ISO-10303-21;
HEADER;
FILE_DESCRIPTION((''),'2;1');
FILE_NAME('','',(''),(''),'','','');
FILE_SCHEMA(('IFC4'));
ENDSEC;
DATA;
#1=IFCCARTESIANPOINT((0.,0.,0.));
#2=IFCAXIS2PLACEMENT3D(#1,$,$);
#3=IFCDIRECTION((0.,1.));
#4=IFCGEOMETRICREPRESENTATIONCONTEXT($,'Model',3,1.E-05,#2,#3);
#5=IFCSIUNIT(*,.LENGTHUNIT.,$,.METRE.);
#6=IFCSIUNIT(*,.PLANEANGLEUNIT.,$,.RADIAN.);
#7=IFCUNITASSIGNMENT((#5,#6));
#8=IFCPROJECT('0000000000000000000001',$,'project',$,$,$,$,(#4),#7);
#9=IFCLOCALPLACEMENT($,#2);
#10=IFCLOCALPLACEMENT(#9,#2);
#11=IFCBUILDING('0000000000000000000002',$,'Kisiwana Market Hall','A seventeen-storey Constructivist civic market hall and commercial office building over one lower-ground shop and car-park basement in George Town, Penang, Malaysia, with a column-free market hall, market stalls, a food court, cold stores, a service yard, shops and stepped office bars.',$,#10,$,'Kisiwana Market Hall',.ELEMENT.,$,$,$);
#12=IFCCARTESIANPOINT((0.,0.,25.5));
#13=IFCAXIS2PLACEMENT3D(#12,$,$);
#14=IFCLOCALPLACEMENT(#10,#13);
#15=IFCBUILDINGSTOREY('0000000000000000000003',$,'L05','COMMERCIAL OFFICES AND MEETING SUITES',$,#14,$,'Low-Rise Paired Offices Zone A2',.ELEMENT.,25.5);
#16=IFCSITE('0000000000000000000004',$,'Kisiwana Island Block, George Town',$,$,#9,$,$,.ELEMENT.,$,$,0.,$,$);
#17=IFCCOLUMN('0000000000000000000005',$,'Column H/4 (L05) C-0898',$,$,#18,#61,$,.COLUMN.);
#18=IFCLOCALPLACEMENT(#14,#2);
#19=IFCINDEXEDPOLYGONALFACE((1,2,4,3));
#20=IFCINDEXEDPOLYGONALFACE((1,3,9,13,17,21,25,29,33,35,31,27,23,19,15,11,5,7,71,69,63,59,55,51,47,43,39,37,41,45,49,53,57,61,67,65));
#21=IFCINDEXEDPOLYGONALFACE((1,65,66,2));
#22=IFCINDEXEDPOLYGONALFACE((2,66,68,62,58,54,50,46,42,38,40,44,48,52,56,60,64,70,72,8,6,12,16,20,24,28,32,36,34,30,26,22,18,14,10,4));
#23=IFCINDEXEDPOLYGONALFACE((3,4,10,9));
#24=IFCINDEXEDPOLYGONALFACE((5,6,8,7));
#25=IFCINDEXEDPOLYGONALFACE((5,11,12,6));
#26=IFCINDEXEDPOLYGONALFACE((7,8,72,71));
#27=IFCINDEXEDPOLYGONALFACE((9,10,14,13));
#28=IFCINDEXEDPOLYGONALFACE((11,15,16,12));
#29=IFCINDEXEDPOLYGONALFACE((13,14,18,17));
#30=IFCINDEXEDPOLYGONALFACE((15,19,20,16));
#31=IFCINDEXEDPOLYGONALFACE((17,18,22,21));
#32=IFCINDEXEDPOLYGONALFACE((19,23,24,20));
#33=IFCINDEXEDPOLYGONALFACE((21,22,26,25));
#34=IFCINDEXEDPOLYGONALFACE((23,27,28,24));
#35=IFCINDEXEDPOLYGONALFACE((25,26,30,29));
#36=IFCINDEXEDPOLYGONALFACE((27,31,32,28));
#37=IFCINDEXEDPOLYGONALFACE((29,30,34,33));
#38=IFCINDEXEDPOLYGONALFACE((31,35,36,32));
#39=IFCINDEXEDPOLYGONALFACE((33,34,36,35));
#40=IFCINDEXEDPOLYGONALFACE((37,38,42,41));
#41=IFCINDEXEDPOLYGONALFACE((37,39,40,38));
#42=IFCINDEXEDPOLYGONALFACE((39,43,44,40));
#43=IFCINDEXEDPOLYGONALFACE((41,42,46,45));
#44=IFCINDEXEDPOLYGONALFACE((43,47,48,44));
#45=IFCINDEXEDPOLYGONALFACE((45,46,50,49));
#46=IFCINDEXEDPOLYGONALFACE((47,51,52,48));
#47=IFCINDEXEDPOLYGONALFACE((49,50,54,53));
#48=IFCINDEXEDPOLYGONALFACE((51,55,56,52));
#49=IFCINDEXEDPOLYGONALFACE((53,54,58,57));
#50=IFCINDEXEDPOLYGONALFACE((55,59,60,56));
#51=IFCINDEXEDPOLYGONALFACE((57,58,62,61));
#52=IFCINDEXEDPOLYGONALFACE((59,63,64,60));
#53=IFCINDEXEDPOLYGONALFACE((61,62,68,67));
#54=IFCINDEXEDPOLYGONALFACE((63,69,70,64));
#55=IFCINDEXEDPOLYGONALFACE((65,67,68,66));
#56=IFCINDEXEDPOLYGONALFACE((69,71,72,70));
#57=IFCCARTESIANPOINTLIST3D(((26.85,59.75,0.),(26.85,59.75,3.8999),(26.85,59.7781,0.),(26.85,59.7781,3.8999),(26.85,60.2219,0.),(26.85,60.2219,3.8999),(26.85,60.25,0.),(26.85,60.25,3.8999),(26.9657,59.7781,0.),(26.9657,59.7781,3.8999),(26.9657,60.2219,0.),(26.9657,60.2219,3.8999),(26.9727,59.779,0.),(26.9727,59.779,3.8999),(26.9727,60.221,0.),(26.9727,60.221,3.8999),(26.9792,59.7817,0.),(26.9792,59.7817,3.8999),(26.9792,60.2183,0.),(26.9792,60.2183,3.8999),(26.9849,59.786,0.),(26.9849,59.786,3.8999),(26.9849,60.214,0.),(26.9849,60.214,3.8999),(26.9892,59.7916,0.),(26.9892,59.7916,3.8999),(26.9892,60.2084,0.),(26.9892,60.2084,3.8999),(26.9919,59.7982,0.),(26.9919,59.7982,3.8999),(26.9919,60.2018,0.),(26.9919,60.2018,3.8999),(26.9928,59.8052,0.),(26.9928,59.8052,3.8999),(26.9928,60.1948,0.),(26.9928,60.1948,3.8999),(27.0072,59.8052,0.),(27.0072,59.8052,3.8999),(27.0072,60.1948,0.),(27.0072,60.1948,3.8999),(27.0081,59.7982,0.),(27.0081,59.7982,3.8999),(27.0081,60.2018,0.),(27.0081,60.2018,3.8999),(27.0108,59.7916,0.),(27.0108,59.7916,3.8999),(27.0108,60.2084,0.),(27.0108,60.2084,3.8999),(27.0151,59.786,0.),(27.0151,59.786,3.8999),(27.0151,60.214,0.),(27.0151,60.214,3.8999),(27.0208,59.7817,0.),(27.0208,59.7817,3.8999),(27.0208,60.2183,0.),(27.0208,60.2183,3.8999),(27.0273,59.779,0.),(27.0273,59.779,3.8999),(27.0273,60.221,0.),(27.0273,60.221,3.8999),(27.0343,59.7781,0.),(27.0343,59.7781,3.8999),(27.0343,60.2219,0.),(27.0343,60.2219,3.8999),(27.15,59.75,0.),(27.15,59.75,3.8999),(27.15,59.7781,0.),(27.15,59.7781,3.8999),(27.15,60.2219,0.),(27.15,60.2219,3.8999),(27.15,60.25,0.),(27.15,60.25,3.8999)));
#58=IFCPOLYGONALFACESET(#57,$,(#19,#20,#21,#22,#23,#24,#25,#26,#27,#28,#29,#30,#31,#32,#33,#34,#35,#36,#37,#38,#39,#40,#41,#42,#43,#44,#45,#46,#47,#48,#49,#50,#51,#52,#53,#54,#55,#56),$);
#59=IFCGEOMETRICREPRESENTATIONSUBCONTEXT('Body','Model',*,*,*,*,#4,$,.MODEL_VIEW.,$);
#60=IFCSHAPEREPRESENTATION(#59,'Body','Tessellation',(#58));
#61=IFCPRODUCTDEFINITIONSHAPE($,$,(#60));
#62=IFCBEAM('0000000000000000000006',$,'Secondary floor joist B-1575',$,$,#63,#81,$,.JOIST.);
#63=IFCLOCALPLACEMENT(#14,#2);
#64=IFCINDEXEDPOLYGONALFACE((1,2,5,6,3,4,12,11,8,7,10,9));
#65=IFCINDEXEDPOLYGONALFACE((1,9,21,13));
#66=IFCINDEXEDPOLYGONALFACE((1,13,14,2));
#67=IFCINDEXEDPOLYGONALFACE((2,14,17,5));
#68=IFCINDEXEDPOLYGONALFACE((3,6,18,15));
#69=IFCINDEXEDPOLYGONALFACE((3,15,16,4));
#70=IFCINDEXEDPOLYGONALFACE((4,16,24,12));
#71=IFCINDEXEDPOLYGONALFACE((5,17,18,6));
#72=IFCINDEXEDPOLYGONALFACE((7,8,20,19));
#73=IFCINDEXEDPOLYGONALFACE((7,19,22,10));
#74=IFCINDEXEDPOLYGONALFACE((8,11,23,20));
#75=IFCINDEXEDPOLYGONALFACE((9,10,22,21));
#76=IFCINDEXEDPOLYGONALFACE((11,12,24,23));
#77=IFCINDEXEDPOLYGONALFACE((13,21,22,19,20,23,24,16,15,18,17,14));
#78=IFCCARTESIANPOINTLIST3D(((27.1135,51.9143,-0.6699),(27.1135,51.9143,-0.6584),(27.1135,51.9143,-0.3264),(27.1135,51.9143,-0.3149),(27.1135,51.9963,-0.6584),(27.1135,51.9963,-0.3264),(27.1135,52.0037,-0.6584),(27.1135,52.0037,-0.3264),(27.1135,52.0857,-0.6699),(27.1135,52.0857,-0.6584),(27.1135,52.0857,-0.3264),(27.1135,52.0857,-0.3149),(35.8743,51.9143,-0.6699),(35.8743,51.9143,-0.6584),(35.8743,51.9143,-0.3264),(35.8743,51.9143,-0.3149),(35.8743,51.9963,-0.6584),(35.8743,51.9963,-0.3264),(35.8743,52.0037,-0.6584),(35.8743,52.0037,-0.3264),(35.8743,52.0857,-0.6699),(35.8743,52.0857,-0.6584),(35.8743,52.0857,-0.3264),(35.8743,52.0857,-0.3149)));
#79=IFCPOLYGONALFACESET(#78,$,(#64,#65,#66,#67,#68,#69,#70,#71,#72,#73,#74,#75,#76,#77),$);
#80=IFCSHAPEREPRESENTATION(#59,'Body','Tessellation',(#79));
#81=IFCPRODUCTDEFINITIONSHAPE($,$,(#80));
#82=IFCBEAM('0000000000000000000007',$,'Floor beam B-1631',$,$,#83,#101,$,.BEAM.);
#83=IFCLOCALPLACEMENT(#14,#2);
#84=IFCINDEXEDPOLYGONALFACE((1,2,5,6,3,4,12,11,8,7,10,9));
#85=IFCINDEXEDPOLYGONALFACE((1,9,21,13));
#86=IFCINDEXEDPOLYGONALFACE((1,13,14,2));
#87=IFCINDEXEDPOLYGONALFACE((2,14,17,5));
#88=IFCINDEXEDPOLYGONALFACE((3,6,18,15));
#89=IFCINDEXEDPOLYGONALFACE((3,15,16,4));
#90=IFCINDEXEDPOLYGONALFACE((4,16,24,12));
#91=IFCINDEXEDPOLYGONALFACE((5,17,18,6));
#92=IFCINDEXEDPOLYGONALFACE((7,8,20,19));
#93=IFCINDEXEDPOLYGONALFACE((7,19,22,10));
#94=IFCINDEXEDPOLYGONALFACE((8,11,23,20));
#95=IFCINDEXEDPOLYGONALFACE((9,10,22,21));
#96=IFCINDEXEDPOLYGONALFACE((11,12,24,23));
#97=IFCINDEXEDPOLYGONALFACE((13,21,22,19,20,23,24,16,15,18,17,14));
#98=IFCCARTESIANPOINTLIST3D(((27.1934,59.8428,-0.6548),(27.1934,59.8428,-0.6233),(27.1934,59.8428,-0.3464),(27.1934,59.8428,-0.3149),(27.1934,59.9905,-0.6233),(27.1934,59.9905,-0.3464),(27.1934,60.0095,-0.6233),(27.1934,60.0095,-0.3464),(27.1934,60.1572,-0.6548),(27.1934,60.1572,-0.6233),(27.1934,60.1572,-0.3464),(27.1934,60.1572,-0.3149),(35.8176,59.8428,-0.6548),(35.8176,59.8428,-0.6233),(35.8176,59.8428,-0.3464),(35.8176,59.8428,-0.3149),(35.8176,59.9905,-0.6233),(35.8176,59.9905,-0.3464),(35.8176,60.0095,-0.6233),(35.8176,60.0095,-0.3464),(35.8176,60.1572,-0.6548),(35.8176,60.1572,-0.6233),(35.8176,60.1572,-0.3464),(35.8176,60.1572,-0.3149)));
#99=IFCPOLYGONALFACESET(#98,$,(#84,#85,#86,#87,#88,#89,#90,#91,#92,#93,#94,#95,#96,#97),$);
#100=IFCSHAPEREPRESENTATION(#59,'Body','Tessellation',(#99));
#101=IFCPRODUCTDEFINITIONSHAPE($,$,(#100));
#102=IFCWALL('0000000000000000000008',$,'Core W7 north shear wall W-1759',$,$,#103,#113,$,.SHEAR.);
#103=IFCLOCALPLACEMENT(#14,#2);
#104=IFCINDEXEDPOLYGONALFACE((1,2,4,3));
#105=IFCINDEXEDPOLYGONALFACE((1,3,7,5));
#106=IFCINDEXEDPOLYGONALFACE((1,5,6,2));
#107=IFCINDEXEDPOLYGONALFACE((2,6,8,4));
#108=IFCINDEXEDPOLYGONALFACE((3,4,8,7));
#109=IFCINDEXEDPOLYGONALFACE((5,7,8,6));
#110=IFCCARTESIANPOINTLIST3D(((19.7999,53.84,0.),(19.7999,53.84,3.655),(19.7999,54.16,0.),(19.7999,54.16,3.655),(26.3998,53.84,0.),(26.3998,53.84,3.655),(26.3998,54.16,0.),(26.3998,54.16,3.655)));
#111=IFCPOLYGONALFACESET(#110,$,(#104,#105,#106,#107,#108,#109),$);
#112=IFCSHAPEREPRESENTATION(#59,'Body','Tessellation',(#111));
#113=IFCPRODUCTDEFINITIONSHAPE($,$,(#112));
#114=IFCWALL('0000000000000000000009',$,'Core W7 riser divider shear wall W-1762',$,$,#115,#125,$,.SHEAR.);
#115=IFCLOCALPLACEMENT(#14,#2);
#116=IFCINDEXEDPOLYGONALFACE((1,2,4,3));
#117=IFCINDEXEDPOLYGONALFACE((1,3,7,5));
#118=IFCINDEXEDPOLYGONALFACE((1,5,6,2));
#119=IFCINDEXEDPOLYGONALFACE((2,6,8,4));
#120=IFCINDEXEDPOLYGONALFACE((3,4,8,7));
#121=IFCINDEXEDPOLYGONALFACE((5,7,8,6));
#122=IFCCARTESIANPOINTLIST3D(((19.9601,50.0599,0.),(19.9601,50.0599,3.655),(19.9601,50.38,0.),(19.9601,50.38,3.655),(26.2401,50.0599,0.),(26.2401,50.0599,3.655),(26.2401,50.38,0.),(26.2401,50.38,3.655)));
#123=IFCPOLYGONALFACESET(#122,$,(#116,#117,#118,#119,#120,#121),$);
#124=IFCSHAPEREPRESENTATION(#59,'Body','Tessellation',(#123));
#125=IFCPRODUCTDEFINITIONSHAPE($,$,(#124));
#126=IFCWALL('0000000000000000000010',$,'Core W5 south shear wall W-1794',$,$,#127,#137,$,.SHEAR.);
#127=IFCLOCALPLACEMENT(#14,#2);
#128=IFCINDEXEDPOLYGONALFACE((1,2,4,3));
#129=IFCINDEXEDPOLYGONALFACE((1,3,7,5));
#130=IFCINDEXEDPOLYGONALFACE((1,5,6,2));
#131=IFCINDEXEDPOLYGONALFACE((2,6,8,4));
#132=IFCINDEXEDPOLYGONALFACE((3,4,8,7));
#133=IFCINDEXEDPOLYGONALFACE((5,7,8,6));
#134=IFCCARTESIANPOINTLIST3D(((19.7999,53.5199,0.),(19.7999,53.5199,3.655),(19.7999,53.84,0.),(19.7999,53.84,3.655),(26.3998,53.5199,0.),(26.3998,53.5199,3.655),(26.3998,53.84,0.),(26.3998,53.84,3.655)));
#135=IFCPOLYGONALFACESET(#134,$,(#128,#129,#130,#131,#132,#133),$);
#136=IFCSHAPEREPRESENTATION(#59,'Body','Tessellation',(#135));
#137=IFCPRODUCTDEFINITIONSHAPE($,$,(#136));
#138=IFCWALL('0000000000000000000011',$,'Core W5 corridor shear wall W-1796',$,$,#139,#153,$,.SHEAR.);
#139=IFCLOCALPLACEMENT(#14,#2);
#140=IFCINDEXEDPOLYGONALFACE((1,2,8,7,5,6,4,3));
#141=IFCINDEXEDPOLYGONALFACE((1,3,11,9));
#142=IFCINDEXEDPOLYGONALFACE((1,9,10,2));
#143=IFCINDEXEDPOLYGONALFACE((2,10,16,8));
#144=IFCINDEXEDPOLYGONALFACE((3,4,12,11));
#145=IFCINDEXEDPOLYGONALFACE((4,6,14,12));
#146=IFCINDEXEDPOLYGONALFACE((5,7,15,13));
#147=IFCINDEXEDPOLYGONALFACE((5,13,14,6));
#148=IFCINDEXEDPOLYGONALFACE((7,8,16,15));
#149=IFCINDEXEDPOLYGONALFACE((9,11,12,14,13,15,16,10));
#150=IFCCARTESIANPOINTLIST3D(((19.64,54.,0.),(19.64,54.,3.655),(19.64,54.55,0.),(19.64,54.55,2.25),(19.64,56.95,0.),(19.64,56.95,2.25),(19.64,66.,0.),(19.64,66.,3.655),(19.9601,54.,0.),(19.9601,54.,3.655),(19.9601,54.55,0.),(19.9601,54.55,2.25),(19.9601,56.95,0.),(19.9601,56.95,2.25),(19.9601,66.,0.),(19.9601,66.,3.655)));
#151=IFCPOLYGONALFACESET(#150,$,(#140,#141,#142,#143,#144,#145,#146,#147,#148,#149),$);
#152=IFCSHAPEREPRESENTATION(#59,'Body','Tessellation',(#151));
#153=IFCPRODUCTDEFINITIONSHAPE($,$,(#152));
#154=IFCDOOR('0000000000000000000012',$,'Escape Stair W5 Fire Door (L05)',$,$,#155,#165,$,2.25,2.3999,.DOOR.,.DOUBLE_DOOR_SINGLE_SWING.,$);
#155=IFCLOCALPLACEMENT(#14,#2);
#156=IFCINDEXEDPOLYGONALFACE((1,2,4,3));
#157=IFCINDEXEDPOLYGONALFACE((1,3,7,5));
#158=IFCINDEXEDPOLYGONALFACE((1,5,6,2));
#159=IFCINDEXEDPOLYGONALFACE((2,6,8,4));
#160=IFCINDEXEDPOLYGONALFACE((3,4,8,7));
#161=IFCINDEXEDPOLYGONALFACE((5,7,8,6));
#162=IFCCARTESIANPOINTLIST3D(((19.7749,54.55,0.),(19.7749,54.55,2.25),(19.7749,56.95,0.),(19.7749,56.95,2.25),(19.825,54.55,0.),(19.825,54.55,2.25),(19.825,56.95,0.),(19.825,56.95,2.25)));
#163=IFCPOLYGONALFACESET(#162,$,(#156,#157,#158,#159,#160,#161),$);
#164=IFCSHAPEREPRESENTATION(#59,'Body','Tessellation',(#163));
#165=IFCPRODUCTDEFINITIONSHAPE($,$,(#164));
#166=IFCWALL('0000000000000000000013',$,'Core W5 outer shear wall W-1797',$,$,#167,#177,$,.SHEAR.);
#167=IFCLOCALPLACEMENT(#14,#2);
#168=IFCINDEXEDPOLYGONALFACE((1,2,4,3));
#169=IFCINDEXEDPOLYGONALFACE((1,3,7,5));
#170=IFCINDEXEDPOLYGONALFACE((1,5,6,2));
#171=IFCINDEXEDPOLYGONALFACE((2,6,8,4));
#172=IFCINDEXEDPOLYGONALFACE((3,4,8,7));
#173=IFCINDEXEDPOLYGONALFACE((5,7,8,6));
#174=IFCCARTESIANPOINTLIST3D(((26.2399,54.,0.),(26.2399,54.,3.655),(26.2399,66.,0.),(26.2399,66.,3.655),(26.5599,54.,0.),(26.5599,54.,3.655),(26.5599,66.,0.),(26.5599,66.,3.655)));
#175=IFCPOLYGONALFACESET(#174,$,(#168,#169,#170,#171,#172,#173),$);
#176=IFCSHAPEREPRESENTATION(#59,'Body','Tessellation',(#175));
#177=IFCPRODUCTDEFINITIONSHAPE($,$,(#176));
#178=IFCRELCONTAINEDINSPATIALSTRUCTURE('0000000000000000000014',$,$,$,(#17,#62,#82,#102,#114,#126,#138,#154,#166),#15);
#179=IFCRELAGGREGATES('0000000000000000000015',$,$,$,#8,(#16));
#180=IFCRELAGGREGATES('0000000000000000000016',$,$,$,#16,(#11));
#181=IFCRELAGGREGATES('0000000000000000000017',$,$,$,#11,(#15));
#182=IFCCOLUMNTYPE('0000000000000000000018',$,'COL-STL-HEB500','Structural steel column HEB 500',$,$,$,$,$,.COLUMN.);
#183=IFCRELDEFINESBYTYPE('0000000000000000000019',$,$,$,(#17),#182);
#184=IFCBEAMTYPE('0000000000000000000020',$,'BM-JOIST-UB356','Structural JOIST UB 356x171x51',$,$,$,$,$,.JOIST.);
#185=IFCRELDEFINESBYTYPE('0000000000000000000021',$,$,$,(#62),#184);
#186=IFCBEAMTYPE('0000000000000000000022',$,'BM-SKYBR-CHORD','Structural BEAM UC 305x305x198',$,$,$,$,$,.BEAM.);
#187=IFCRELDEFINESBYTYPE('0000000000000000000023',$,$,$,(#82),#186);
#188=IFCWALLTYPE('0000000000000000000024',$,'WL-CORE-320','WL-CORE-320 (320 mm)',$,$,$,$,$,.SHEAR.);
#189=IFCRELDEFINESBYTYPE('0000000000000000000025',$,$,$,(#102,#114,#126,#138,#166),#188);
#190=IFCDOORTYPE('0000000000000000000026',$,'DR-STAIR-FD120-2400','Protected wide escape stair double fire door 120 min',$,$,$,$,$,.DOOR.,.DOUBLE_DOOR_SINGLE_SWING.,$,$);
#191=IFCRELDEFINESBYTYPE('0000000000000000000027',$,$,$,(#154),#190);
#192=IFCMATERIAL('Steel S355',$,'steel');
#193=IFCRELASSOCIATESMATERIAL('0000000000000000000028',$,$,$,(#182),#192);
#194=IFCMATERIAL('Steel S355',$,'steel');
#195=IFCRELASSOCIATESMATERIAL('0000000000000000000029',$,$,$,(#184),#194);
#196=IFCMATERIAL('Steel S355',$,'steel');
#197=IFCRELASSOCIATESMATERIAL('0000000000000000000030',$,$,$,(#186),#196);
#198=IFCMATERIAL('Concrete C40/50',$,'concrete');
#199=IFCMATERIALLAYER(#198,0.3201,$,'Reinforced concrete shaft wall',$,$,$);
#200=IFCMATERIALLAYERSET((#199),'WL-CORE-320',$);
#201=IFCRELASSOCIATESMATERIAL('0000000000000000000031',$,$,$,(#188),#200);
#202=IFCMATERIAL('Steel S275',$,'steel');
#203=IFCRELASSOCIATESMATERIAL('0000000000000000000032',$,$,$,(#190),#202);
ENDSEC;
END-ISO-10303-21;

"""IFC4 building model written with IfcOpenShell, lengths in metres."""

from ifc_helpers import new_model, si_unit, direction, frame, frame_2d, origin, origin_2d, place, context, subcontext, project, spatial, rectangle, i_section, extrude, material, layer, layer_set, material_profile, profile_set, type_object, element, fill, save


model = new_model("IFC4")

# Units and contexts
model_context = context("Model", 3, precision=1e-05, world=origin(), true_north=direction((0.0, 1.0)))
body_context = subcontext(model_context, "Body", "Model", "MODEL_VIEW")
ifc_project = project(units=[si_unit("LENGTHUNIT", "METRE"), si_unit("PLANEANGLEUNIT", "RADIAN")], contexts=[model_context])

# Site, building, storey
site_placement = place(None, origin())
site = spatial("IfcSite", under=ifc_project, at=site_placement, Name="Kisiwana Island Block, George Town", CompositionType="ELEMENT", RefElevation=0.0)
building_placement = place(site_placement, origin())
building = spatial("IfcBuilding", under=site, at=building_placement, Name="Kisiwana Market Hall", Description="A seventeen-storey Constructivist civic market hall and commercial office building over one lower-ground shop and car-park basement in George Town, Penang, Malaysia, with a column-free market hall, market stalls, a food court, cold stores, a service yard, shops and stepped office bars.", LongName="Kisiwana Market Hall", CompositionType="ELEMENT")
storey_placement = place(building_placement, frame((0.0, 0.0, 25.5)))
storey = spatial("IfcBuildingStorey", under=building, at=storey_placement, Name="L05", Description="COMMERCIAL OFFICES AND MEETING SUITES", LongName="Low-Rise Paired Offices Zone A2", CompositionType="ELEMENT", Elevation=25.5)

# Column
ifc_material_1 = material(Name="Steel S355", Category="steel")
ifc_material_profile_1 = material_profile(ifc_material_1, i_section(OverallWidth=0.3, OverallDepth=0.5, WebThickness=0.0144, FlangeThickness=0.0281, FilletRadius=0.0271, at=origin_2d()), Name="HEB 500")
ifc_profile_set_1 = profile_set([ifc_material_profile_1], Name="Steel S355")
column_type = type_object("IfcColumnType", Name="COL-STL-HEB500", Description="Structural steel column HEB 500", PredefinedType="COLUMN", material=ifc_profile_set_1)
column_placement = place(storey_placement, frame((27.0, 60.0, 0.0), z_axis=(0.0, 0.0, 1.0), x_axis=(1.0, 0.0, 0.0)))
element("IfcColumn", 1, at=column_placement, inside=storey, type_object=column_type, Name="Column H/4 (L05) C-0898", PredefinedType="COLUMN", context=body_context, shape_type="SweptSolid", body=[
    extrude(i_section(OverallWidth=0.3, OverallDepth=0.5, WebThickness=0.0144, FlangeThickness=0.0281, FilletRadius=0.0271, at=origin_2d()), origin(), (0.0, 0.0, 1.0), 3.8999),
])

# Beams
ifc_material_2 = material(Name="Steel S355", Category="steel")
ifc_material_profile_2 = material_profile(ifc_material_2, i_section(OverallWidth=0.1714, OverallDepth=0.355, WebThickness=0.0073, FlangeThickness=0.0115, at=origin_2d()), Name="UB 356x171x51")
ifc_profile_set_2 = profile_set([ifc_material_profile_2], Name="Steel S355")
beam_type_1 = type_object("IfcBeamType", Name="BM-JOIST-UB356", Description="Structural JOIST UB 356x171x51", PredefinedType="JOIST", material=ifc_profile_set_2)
beam_1_placement = place(storey_placement, frame((27.1135, 52.0, -0.4924), z_axis=(1.0, 0.0, 0.0), x_axis=(0.0, 1.0, 0.0)))
element("IfcBeam", 2, at=beam_1_placement, inside=storey, type_object=beam_type_1, Name="Secondary floor joist B-1575", PredefinedType="JOIST", context=body_context, shape_type="SweptSolid", body=[
    extrude(i_section(OverallWidth=0.1714, OverallDepth=0.355, WebThickness=0.0073, FlangeThickness=0.0115, at=origin_2d()), origin(), (0.0, 0.0, 1.0), 8.7607),
])
ifc_material_3 = material(Name="Steel S355", Category="steel")
ifc_material_profile_3 = material_profile(ifc_material_3, i_section(OverallWidth=0.3145, OverallDepth=0.3398, WebThickness=0.019, FlangeThickness=0.0315, at=origin_2d()), Name="UC 305x305x198")
ifc_profile_set_3 = profile_set([ifc_material_profile_3], Name="Steel S355")
beam_type_2 = type_object("IfcBeamType", Name="BM-SKYBR-CHORD", Description="Structural BEAM UC 305x305x198", PredefinedType="BEAM", material=ifc_profile_set_3)
beam_2_placement = place(storey_placement, frame((27.1934, 60.0, -0.4849), z_axis=(1.0, 0.0, 0.0), x_axis=(0.0, 1.0, 0.0)))
element("IfcBeam", 3, at=beam_2_placement, inside=storey, type_object=beam_type_2, Name="Floor beam B-1631", PredefinedType="BEAM", context=body_context, shape_type="SweptSolid", body=[
    extrude(i_section(OverallWidth=0.3145, OverallDepth=0.3398, WebThickness=0.019, FlangeThickness=0.0315, at=origin_2d()), origin(), (0.0, 0.0, 1.0), 8.6243),
])

# Walls
ifc_material_4 = material(Name="Concrete C40/50", Category="concrete")
ifc_layer_1 = layer(ifc_material_4, 0.3201, Name="Reinforced concrete shaft wall")
ifc_layer_set_1 = layer_set([ifc_layer_1], Name="WL-CORE-320")
wall_type_1 = type_object("IfcWallType", Name="WL-CORE-320", Description="WL-CORE-320 (320 mm)", PredefinedType="SHEAR", material=ifc_layer_set_1)
wall_1_placement = place(storey_placement, frame((19.8, 54.0, 0.0), z_axis=(0.0, 0.0, 1.0), x_axis=(1.0, 0.0, 0.0)))
element("IfcWall", 4, at=wall_1_placement, inside=storey, type_object=wall_type_1, Name="Core W7 north shear wall W-1759", PredefinedType="SHEAR", context=body_context, shape_type="SweptSolid", body=[
    extrude(rectangle(XDim=6.5999, YDim=0.3201, at=frame_2d((3.2998, 0.0))), origin(), (0.0, 0.0, 1.0), 3.655),
])
wall_2_placement = place(storey_placement, frame((19.96, 50.22, 0.0), z_axis=(0.0, 0.0, 1.0), x_axis=(1.0, 0.0, 0.0)))
element("IfcWall", 5, at=wall_2_placement, inside=storey, type_object=wall_type_1, Name="Core W7 riser divider shear wall W-1762", PredefinedType="SHEAR", context=body_context, shape_type="SweptSolid", body=[
    extrude(rectangle(XDim=6.28, YDim=0.3201, at=frame_2d((3.1401, 0.0))), origin(), (0.0, 0.0, 1.0), 3.655),
])
wall_3_placement = place(storey_placement, frame((19.8, 53.6799, 0.0), z_axis=(0.0, 0.0, 1.0), x_axis=(1.0, 0.0, 0.0)))
element("IfcWall", 6, at=wall_3_placement, inside=storey, type_object=wall_type_1, Name="Core W5 south shear wall W-1794", PredefinedType="SHEAR", context=body_context, shape_type="SweptSolid", body=[
    extrude(rectangle(XDim=6.5999, YDim=0.3201, at=frame_2d((3.2998, 0.0))), origin(), (0.0, 0.0, 1.0), 3.655),
])

# Wall, opening, door
wall_4_placement = place(storey_placement, frame((19.8, 54.0, 0.0), z_axis=(0.0, 0.0, 1.0), x_axis=(0.0, 1.0, 0.0)))
wall_4 = element("IfcWall", 7, at=wall_4_placement, inside=storey, type_object=wall_type_1, Name="Core W5 corridor shear wall W-1796", PredefinedType="SHEAR", context=body_context, shape_type="SweptSolid", body=[
    extrude(rectangle(XDim=12.0, YDim=0.3201, at=frame_2d((6.0, 0.0))), origin(), (0.0, 0.0, 1.0), 3.655),
])
opening_1_placement = place(wall_4_placement, frame((0.55, 0.0, 0.0)))
opening_1 = element("IfcOpeningElement", 8, at=opening_1_placement, cuts=wall_4, PredefinedType="OPENING", context=body_context, shape_type="SweptSolid", body=[
    extrude(rectangle(XDim=2.3999, YDim=2.25, at=frame_2d((1.2, 1.125))), frame((0.0, 0.1719, 0.0), z_axis=(0.0, -1.0, 0.0), x_axis=(1.0, 0.0, 0.0)), (0.0, 0.0, 1.0), 0.344),
])
ifc_material_5 = material(Name="Steel S275", Category="steel")
door_type_1 = type_object("IfcDoorType", Name="DR-STAIR-FD120-2400", Description="Protected wide escape stair double fire door 120 min", OperationType="DOUBLE_DOOR_SINGLE_SWING", PredefinedType="DOOR", material=ifc_material_5)
door_1_placement = place(opening_1_placement, frame((2.3999, 0.0, 0.0), z_axis=(0.0, 0.0, 1.0), x_axis=(-1.0, 0.0, 0.0)))
door_1 = element("IfcDoor", 9, at=door_1_placement, inside=storey, type_object=door_type_1, Name="Escape Stair W5 Fire Door (L05)", OperationType="DOUBLE_DOOR_SINGLE_SWING", OverallHeight=2.25, OverallWidth=2.3999, PredefinedType="DOOR", context=body_context, shape_type="SweptSolid", body=[
    extrude(rectangle(XDim=2.3999, YDim=2.25, at=frame_2d((1.2, 1.125))), frame((0.0, 0.0249, 0.0), z_axis=(0.0, -1.0, 0.0), x_axis=(1.0, 0.0, 0.0)), (0.0, 0.0, 1.0), 0.05),
])
fill(opening_1, door_1)

# Wall
wall_5_placement = place(storey_placement, frame((26.3999, 54.0, 0.0), z_axis=(0.0, 0.0, 1.0), x_axis=(0.0, 1.0, 0.0)))
element("IfcWall", 10, at=wall_5_placement, inside=storey, type_object=wall_type_1, Name="Core W5 outer shear wall W-1797", PredefinedType="SHEAR", context=body_context, shape_type="SweptSolid", body=[
    extrude(rectangle(XDim=12.0, YDim=0.3201, at=frame_2d((6.0, 0.0))), origin(), (0.0, 0.0, 1.0), 3.655),
])

save(model, "model.ifc")
